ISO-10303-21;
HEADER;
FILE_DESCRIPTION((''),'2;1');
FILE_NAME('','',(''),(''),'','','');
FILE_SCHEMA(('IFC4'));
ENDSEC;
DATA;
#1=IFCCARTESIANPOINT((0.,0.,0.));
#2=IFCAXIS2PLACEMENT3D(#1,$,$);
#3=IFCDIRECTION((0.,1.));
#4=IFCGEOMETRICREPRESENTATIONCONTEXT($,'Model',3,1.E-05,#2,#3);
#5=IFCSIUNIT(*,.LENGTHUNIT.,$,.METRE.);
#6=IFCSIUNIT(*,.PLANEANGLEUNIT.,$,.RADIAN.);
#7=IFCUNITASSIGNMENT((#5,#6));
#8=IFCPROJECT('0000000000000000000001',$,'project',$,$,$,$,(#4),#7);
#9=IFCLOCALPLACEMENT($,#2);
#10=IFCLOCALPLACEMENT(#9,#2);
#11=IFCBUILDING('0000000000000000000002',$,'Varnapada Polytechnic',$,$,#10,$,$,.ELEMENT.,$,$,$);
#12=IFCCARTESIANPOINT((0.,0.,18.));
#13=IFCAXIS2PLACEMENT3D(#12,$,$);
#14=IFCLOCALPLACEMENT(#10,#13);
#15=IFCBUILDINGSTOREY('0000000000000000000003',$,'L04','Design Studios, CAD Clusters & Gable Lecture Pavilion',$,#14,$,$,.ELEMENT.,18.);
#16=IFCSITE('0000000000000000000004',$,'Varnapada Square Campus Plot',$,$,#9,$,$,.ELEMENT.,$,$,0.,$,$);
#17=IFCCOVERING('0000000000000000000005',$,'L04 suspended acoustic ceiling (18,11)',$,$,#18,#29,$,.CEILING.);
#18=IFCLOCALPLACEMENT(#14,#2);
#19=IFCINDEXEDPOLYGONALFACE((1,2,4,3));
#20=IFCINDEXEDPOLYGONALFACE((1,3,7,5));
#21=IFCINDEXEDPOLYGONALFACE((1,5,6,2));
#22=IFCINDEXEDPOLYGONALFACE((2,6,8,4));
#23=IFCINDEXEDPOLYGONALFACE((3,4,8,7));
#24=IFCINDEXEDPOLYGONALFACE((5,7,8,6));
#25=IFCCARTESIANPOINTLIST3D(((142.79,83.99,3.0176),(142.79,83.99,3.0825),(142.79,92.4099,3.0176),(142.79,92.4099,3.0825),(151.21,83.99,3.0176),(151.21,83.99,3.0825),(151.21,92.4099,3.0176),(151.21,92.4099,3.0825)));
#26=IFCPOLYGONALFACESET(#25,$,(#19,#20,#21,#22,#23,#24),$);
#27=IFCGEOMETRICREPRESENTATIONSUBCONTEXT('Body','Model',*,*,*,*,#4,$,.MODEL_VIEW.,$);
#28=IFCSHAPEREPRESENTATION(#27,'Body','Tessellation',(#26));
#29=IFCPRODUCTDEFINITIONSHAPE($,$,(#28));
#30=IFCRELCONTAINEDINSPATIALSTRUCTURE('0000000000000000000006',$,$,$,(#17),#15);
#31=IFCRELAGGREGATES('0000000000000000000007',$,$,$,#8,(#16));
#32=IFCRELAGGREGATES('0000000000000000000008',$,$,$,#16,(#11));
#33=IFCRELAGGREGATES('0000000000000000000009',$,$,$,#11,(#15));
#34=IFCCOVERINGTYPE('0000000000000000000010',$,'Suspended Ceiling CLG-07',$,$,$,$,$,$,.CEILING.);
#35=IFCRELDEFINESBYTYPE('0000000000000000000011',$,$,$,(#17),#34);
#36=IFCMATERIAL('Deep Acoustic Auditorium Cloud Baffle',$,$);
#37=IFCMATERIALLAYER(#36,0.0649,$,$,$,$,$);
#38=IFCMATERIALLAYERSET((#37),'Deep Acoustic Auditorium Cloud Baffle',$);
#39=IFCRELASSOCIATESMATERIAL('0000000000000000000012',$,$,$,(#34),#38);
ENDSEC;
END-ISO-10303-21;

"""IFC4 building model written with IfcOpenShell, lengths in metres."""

from ifc_helpers import new_model, si_unit, direction, frame, origin, origin_2d, place, context, subcontext, project, spatial, rectangle, extrude, material, layer, layer_set, type_object, element, save


model = new_model("IFC4")

# Units and contexts
model_context = context("Model", 3, precision=1e-05, world=origin(), true_north=direction((0.0, 1.0)))
body_context = subcontext(model_context, "Body", "Model", "MODEL_VIEW")
ifc_project = project(units=[si_unit("LENGTHUNIT", "METRE"), si_unit("PLANEANGLEUNIT", "RADIAN")], contexts=[model_context])

# Site, building, storey
site_placement = place(None, origin())
site = spatial("IfcSite", under=ifc_project, at=site_placement, Name="Varnapada Square Campus Plot", CompositionType="ELEMENT", RefElevation=0.0)
building_placement = place(site_placement, origin())
building = spatial("IfcBuilding", under=site, at=building_placement, Name="Varnapada Polytechnic", CompositionType="ELEMENT")
storey_placement = place(building_placement, frame((0.0, 0.0, 18.0)))
storey = spatial("IfcBuildingStorey", under=building, at=storey_placement, Name="L04", Description="Design Studios, CAD Clusters & Gable Lecture Pavilion", CompositionType="ELEMENT", Elevation=18.0)

# Covering
ifc_material_1 = material(Name="Deep Acoustic Auditorium Cloud Baffle")
ifc_layer_1 = layer(ifc_material_1, 0.0649)
ifc_layer_set_1 = layer_set([ifc_layer_1], Name="Deep Acoustic Auditorium Cloud Baffle")
covering_type_1 = type_object("IfcCoveringType", Name="Suspended Ceiling CLG-07", PredefinedType="CEILING", material=ifc_layer_set_1)
covering_1_placement = place(storey_placement, frame((147.0, 88.2, 3.0176), z_axis=(0.0, 0.0, 1.0), x_axis=(1.0, 0.0, 0.0)))
element("IfcCovering", 1, at=covering_1_placement, inside=storey, type_object=covering_type_1, Name="L04 suspended acoustic ceiling (18,11)", PredefinedType="CEILING", context=body_context, shape_type="SweptSolid", body=[
    extrude(rectangle(XDim=8.4199, YDim=8.4199, at=origin_2d()), origin(), (0.0, 0.0, 1.0), 0.0649),
])

save(model, "model.ifc")
